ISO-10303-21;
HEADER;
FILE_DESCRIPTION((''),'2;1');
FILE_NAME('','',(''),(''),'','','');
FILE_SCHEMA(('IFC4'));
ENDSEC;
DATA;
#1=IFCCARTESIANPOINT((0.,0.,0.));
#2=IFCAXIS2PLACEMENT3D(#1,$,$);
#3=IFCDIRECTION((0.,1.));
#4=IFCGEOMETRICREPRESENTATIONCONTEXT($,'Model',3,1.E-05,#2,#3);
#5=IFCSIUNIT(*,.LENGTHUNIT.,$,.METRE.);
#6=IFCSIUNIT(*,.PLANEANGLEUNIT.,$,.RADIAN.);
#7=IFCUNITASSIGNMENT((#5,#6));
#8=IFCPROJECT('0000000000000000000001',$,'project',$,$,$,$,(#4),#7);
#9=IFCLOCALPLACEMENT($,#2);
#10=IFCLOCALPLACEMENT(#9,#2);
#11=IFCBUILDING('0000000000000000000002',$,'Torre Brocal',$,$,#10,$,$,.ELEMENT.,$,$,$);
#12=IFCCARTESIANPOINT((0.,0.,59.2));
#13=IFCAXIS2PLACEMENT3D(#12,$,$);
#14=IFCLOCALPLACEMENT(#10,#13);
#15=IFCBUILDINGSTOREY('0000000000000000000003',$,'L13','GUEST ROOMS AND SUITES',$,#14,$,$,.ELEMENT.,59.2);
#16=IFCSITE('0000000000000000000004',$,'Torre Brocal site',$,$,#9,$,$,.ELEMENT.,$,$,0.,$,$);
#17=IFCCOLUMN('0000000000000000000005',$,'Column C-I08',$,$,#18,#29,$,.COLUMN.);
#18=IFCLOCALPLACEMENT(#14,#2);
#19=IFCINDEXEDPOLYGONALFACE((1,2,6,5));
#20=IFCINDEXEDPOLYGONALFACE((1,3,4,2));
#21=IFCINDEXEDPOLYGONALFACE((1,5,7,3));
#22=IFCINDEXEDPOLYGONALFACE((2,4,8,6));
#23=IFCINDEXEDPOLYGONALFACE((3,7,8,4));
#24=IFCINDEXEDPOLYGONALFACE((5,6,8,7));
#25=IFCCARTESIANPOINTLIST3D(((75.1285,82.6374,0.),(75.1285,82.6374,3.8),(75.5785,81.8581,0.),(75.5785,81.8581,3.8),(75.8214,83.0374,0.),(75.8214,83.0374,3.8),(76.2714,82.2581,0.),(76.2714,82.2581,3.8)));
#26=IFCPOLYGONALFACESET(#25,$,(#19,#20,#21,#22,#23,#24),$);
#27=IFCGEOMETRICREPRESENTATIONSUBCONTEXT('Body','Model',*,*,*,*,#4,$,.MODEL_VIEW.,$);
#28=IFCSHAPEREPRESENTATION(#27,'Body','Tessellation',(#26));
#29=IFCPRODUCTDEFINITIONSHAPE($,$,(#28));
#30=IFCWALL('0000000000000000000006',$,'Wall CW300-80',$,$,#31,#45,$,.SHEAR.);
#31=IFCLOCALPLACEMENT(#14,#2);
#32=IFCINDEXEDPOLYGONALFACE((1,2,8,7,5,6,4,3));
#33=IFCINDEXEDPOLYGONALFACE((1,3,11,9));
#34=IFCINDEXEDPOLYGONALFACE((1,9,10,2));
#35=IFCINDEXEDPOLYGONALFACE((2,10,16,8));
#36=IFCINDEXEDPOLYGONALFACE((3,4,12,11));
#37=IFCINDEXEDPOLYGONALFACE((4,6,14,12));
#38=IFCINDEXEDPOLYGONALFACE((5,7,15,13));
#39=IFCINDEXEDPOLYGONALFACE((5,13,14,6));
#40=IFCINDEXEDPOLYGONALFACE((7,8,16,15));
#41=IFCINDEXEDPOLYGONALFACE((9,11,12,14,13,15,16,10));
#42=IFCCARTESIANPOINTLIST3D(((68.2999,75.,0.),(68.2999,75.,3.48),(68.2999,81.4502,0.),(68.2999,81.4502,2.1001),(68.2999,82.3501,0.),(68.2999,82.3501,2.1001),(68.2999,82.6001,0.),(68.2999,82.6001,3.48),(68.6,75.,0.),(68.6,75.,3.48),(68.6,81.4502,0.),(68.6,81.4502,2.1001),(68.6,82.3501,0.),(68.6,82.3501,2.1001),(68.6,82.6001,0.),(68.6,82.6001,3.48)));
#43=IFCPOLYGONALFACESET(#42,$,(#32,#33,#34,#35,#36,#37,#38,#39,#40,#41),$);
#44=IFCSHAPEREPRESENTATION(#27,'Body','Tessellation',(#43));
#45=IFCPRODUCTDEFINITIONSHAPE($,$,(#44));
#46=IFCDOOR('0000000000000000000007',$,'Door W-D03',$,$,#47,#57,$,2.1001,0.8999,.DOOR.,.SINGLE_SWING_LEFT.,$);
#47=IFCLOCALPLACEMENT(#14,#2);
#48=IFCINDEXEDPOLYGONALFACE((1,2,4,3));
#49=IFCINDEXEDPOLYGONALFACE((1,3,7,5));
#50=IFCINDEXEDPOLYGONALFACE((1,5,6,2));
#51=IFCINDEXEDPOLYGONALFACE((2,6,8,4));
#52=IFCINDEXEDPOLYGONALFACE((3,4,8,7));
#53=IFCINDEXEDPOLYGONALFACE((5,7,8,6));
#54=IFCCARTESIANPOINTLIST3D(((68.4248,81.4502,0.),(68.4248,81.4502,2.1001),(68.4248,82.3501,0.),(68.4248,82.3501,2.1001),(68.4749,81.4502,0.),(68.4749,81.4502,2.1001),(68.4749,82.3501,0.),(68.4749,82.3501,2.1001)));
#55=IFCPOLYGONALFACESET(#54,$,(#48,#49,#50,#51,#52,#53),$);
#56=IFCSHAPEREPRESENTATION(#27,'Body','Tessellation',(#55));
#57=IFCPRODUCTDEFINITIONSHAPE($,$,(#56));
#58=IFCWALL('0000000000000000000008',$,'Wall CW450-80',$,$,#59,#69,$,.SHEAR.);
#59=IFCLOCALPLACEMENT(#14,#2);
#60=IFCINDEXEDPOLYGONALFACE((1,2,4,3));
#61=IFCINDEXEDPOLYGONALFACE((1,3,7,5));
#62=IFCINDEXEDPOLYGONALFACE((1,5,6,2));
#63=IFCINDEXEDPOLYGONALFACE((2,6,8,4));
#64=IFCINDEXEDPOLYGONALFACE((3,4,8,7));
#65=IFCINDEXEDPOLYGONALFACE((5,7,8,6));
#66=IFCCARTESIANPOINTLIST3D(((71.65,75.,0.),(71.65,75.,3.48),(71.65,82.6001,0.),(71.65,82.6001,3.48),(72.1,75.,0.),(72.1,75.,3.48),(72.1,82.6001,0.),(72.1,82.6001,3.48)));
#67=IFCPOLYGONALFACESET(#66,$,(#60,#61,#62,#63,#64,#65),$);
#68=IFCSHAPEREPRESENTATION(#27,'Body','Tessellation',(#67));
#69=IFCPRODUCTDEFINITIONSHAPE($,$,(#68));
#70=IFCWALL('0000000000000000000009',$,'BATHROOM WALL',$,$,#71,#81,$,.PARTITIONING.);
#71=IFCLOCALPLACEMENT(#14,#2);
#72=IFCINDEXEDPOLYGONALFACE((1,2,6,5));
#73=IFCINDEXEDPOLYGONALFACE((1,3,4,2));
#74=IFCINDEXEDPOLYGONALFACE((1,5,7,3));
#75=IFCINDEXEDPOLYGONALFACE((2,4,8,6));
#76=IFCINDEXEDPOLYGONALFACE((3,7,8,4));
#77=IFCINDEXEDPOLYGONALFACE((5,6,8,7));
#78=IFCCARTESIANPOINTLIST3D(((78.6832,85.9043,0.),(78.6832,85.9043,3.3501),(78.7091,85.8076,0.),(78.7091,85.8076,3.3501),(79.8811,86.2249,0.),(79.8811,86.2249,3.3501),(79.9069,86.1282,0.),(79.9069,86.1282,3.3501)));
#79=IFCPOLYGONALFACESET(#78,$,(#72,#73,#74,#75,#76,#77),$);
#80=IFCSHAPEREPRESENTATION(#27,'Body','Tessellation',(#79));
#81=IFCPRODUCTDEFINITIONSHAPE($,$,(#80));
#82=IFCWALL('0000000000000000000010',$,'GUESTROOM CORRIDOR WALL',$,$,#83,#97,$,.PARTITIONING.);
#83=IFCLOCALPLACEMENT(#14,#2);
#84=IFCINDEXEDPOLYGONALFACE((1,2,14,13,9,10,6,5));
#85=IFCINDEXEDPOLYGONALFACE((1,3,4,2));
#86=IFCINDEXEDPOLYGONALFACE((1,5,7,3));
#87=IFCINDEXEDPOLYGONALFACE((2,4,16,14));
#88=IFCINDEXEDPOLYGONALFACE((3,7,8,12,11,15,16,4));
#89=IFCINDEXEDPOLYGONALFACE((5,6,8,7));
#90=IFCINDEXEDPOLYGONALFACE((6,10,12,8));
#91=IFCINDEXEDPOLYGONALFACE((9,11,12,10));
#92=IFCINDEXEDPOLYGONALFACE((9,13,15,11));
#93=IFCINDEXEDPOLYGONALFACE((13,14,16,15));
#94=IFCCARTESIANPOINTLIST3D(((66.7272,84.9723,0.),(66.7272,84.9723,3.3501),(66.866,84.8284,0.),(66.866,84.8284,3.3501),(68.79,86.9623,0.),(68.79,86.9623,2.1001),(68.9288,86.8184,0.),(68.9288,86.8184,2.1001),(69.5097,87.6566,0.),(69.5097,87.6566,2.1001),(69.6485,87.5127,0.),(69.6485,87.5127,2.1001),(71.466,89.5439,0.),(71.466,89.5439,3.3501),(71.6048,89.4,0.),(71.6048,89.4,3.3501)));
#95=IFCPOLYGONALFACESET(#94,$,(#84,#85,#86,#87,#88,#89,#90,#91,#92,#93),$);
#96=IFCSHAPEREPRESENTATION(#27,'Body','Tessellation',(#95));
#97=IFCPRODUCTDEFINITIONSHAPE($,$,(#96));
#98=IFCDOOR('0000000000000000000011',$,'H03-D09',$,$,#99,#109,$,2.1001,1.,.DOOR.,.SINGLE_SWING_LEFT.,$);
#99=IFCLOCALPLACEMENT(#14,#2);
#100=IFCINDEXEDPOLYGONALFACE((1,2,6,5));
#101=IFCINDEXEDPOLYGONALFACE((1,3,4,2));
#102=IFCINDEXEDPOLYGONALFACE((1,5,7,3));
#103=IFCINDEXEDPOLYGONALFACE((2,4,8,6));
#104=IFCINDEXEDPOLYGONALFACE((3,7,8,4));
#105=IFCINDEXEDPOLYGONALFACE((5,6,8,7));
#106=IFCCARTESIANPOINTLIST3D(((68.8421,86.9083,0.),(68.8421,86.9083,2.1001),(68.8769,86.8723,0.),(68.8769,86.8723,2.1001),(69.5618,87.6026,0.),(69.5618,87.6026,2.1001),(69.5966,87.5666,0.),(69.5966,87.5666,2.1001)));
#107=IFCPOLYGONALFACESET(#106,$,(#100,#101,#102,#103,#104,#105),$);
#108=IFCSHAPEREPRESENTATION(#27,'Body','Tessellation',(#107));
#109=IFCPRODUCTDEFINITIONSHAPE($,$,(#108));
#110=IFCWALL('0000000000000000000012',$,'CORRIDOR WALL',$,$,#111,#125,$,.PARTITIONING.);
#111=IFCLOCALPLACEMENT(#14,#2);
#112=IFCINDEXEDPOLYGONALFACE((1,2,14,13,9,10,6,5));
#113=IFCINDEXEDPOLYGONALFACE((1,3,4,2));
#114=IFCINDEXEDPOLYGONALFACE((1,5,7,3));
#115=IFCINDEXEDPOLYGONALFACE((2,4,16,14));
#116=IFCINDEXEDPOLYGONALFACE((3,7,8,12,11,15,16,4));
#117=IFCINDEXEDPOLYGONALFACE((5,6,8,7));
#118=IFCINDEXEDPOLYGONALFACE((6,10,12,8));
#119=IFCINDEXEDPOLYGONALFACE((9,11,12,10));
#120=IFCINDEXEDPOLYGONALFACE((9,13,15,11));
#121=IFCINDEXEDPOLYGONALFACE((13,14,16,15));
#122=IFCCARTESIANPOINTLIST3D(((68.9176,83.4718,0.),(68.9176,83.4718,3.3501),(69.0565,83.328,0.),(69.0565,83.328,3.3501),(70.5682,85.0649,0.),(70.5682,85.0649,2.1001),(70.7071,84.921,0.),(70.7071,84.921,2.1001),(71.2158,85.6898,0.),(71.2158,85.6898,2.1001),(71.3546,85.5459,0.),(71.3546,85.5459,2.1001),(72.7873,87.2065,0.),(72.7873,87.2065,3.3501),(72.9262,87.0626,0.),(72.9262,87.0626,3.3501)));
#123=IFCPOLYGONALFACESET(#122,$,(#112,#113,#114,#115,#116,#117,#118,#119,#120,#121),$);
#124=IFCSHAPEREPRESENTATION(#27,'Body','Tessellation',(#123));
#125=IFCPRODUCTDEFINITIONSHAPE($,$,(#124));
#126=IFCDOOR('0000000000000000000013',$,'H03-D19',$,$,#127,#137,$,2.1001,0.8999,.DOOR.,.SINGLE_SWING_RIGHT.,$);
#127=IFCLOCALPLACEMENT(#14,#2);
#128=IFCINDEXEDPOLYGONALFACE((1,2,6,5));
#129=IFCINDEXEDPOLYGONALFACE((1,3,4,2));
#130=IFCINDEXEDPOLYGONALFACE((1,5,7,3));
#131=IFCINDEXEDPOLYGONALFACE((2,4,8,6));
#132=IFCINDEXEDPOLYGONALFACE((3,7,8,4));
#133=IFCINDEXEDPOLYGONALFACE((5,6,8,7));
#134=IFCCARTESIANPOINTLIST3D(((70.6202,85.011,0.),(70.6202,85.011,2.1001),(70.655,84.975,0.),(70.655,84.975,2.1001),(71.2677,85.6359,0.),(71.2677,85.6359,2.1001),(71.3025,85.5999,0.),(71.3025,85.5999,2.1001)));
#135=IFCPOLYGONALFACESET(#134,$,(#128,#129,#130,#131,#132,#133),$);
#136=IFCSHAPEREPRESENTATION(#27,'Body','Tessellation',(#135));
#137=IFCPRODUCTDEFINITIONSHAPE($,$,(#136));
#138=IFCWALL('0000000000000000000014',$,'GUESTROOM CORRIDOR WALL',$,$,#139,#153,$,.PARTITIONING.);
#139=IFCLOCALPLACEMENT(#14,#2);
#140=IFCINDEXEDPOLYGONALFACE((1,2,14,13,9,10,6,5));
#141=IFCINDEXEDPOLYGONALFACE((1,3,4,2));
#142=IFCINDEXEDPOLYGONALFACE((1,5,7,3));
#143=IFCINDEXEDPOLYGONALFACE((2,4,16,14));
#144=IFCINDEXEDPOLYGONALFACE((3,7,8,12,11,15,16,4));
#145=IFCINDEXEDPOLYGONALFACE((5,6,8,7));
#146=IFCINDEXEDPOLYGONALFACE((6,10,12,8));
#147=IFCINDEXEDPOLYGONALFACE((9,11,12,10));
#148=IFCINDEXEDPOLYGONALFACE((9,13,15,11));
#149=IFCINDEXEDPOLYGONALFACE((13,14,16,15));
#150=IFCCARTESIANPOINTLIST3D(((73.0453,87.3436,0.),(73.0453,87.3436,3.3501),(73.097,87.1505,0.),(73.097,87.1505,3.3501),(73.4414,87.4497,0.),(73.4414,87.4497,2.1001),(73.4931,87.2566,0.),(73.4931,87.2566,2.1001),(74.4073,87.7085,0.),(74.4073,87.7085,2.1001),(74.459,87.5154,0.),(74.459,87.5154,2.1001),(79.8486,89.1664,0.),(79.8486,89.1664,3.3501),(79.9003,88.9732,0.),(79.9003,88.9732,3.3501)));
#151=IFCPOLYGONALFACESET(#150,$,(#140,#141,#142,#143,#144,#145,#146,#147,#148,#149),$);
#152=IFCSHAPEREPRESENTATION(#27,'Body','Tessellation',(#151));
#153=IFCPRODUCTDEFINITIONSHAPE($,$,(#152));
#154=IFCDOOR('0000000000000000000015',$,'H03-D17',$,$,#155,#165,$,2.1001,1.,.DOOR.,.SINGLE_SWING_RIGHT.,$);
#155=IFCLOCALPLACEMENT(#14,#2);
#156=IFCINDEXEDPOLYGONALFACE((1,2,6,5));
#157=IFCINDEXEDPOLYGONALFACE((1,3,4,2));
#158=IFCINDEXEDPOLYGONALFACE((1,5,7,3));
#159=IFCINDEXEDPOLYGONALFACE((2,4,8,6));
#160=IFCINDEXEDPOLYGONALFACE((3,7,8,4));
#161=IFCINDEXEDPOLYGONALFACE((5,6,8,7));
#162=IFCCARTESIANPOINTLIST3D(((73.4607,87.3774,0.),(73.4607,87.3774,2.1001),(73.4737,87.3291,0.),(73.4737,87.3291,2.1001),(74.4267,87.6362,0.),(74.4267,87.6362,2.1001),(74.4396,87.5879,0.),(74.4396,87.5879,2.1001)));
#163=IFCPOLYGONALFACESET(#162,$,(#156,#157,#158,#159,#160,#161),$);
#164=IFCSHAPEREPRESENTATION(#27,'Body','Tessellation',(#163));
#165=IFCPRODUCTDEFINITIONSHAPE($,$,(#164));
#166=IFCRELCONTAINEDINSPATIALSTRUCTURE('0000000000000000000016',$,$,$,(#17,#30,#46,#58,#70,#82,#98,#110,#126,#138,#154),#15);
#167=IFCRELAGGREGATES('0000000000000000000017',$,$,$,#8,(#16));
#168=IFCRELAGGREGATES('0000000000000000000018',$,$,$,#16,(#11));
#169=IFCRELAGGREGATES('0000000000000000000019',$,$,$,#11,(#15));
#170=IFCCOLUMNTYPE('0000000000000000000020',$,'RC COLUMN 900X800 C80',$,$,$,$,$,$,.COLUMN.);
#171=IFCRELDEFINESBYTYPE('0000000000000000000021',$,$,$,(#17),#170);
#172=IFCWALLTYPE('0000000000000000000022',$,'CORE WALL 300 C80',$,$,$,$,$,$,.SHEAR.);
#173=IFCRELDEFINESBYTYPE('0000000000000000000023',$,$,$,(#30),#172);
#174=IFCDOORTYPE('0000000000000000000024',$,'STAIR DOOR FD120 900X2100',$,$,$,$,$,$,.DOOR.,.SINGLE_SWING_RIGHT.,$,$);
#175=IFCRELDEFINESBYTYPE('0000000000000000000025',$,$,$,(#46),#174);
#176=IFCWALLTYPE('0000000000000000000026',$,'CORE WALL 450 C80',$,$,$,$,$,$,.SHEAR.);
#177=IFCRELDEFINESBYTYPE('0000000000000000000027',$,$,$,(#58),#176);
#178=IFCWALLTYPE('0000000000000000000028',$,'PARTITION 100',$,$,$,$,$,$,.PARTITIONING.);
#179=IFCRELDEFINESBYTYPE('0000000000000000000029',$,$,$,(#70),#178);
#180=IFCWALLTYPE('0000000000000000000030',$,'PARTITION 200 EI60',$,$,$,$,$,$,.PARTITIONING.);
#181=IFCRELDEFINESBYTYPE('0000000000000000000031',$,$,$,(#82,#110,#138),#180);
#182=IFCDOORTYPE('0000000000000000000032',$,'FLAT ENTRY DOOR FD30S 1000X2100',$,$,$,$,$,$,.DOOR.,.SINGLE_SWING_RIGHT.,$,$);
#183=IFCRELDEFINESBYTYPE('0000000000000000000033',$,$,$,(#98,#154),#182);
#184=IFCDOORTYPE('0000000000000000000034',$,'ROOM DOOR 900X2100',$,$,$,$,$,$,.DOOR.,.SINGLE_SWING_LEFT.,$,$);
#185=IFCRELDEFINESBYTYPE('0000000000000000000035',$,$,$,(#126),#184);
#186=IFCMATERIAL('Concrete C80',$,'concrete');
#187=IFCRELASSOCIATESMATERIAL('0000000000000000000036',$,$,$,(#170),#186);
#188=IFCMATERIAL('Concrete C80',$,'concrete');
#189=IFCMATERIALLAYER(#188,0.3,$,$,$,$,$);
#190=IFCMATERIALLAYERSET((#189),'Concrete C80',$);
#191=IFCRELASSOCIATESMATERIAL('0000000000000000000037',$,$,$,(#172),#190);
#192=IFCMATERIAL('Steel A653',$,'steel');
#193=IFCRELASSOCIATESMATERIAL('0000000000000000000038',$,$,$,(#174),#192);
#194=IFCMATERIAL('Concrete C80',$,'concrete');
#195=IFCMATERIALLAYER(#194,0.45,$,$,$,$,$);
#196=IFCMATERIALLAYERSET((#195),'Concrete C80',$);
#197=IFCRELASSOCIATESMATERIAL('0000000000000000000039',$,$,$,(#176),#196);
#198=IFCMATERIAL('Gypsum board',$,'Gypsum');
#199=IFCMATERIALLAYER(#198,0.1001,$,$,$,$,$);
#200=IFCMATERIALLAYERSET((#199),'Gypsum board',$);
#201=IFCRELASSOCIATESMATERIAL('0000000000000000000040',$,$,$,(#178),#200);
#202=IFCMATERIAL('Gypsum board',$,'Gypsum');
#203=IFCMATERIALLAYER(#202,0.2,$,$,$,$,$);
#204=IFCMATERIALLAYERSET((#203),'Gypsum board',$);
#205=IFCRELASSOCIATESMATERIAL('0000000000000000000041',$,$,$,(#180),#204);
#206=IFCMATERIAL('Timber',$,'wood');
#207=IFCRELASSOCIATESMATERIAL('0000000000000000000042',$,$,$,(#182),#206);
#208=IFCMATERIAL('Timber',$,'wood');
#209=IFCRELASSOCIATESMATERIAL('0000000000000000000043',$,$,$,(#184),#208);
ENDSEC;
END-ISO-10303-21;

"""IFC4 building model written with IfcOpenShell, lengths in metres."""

from ifc_helpers import new_model, si_unit, direction, frame, frame_2d, origin, origin_2d, place, context, subcontext, project, spatial, rectangle, extrude, material, layer, layer_set, material_profile, profile_set, type_object, element, fill, save


model = new_model("IFC4")

# Units and contexts
model_context = context("Model", 3, precision=1e-05, world=origin(), true_north=direction((0.0, 1.0)))
body_context = subcontext(model_context, "Body", "Model", "MODEL_VIEW")
ifc_project = project(units=[si_unit("LENGTHUNIT", "METRE"), si_unit("PLANEANGLEUNIT", "RADIAN")], contexts=[model_context])

# Site, building, storey
site_placement = place(None, origin())
site = spatial("IfcSite", under=ifc_project, at=site_placement, Name="Torre Brocal site", CompositionType="ELEMENT", RefElevation=0.0)
building_placement = place(site_placement, origin())
building = spatial("IfcBuilding", under=site, at=building_placement, Name="Torre Brocal", CompositionType="ELEMENT")
storey_placement = place(building_placement, frame((0.0, 0.0, 59.2)))
storey = spatial("IfcBuildingStorey", under=building, at=storey_placement, Name="L13", Description="GUEST ROOMS AND SUITES", CompositionType="ELEMENT", Elevation=59.2)

# Column
ifc_material_1 = material(Name="Concrete C80", Category="concrete")
ifc_material_profile = material_profile(ifc_material_1, rectangle(XDim=0.8999, YDim=0.8, at=origin_2d()), Name="RC 900X800")
ifc_profile_set = profile_set([ifc_material_profile], Name="Concrete C80")
column_type = type_object("IfcColumnType", Name="RC COLUMN 900X800 C80", PredefinedType="COLUMN", material=ifc_profile_set)
column_placement = place(storey_placement, frame((75.7, 82.4478, 0.0), z_axis=(0.0, 0.0, 1.0), x_axis=(-0.5, 0.866025, 0.0)))
element("IfcColumn", 1, at=column_placement, inside=storey, type_object=column_type, Name="Column C-I08", PredefinedType="COLUMN", context=body_context, shape_type="SweptSolid", body=[
    extrude(rectangle(XDim=0.8999, YDim=0.8, at=origin_2d()), origin(), (0.0, 0.0, 1.0), 3.8),
])

# Wall, opening, door
ifc_material_2 = material(Name="Concrete C80", Category="concrete")
ifc_layer_1 = layer(ifc_material_2, 0.3)
ifc_layer_set_1 = layer_set([ifc_layer_1], Name="Concrete C80")
wall_type_1 = type_object("IfcWallType", Name="CORE WALL 300 C80", PredefinedType="SHEAR", material=ifc_layer_set_1)
wall_1_placement = place(storey_placement, frame((68.45, 82.6001, 0.0), z_axis=(0.0, 0.0, 1.0), x_axis=(0.0, -1.0, 0.0)))
wall_1 = element("IfcWall", 2, at=wall_1_placement, inside=storey, type_object=wall_type_1, Name="Wall CW300-80", PredefinedType="SHEAR", context=body_context, shape_type="SweptSolid", body=[
    extrude(rectangle(XDim=7.6001, YDim=0.3, at=frame_2d((3.8, 0.0))), origin(), (0.0, 0.0, 1.0), 3.48),
])
opening_1_placement = place(wall_1_placement, frame((0.25, 0.0, 0.0)))
opening_1 = element("IfcOpeningElement", 3, at=opening_1_placement, cuts=wall_1, PredefinedType="OPENING", context=body_context, shape_type="SweptSolid", body=[
    extrude(rectangle(XDim=0.8999, YDim=2.1001, at=frame_2d((0.45, 1.05))), frame((0.0, 0.1599, 0.0), z_axis=(0.0, -1.0, 0.0), x_axis=(1.0, 0.0, 0.0)), (0.0, 0.0, 1.0), 0.3201),
])
ifc_material_3 = material(Name="Steel A653", Category="steel")
door_type_1 = type_object("IfcDoorType", Name="STAIR DOOR FD120 900X2100", OperationType="SINGLE_SWING_RIGHT", PredefinedType="DOOR", material=ifc_material_3)
door_1_placement = place(opening_1_placement, origin())
door_1 = element("IfcDoor", 4, at=door_1_placement, inside=storey, type_object=door_type_1, Name="Door W-D03", OperationType="SINGLE_SWING_LEFT", OverallHeight=2.1001, OverallWidth=0.8999, PredefinedType="DOOR", context=body_context, shape_type="SweptSolid", body=[
    extrude(rectangle(XDim=0.8999, YDim=2.1001, at=frame_2d((0.45, 1.05))), frame((0.0, 0.0249, 0.0), z_axis=(0.0, -1.0, 0.0), x_axis=(1.0, 0.0, 0.0)), (0.0, 0.0, 1.0), 0.05),
])
fill(opening_1, door_1)

# Wall
ifc_material_4 = material(Name="Concrete C80", Category="concrete")
ifc_layer_2 = layer(ifc_material_4, 0.45)
ifc_layer_set_2 = layer_set([ifc_layer_2], Name="Concrete C80")
wall_type_2 = type_object("IfcWallType", Name="CORE WALL 450 C80", PredefinedType="SHEAR", material=ifc_layer_set_2)
wall_2_placement = place(storey_placement, frame((71.875, 82.6001, 0.0), z_axis=(0.0, 0.0, 1.0), x_axis=(0.0, -1.0, 0.0)))
element("IfcWall", 5, at=wall_2_placement, inside=storey, type_object=wall_type_2, Name="Wall CW450-80", PredefinedType="SHEAR", context=body_context, shape_type="SweptSolid", body=[
    extrude(rectangle(XDim=7.6001, YDim=0.45, at=frame_2d((3.8, 0.0))), origin(), (0.0, 0.0, 1.0), 3.48),
])

# Wall
ifc_material_5 = material(Name="Gypsum board", Category="Gypsum")
ifc_layer_3 = layer(ifc_material_5, 0.1001)
ifc_layer_set_3 = layer_set([ifc_layer_3], Name="Gypsum board")
wall_type_3 = type_object("IfcWallType", Name="PARTITION 100", PredefinedType="PARTITIONING", material=ifc_layer_set_3)
wall_3_placement = place(storey_placement, frame((78.696, 85.856, 0.0), z_axis=(0.0, 0.0, 1.0), x_axis=(0.966003, 0.258533, 0.0)))
element("IfcWall", 6, at=wall_3_placement, inside=storey, type_object=wall_type_3, Name="BATHROOM WALL", PredefinedType="PARTITIONING", context=body_context, shape_type="SweptSolid", body=[
    extrude(rectangle(XDim=1.24, YDim=0.1001, at=frame_2d((0.6201, 0.0))), origin(), (0.0, 0.0, 1.0), 3.3501),
])

# Walls, openings, doors
ifc_material_6 = material(Name="Gypsum board", Category="Gypsum")
ifc_layer_4 = layer(ifc_material_6, 0.2)
ifc_layer_set_4 = layer_set([ifc_layer_4], Name="Gypsum board")
wall_type_4 = type_object("IfcWallType", Name="PARTITION 200 EI60", PredefinedType="PARTITIONING", material=ifc_layer_set_4)
wall_4_placement = place(storey_placement, frame((66.7966, 84.9004, 0.0), z_axis=(0.0, 0.0, 1.0), x_axis=(0.719692, 0.694293, 0.0)))
wall_4 = element("IfcWall", 7, at=wall_4_placement, inside=storey, type_object=wall_type_4, Name="GUESTROOM CORRIDOR WALL", PredefinedType="PARTITIONING", context=body_context, shape_type="SweptSolid", body=[
    extrude(rectangle(XDim=6.5845, YDim=0.2, at=frame_2d((3.2922, 0.0))), origin(), (0.0, 0.0, 1.0), 3.3501),
])
opening_2_placement = place(wall_4_placement, frame((2.8662, 0.0, 0.0)))
opening_2 = element("IfcOpeningElement", 8, at=opening_2_placement, cuts=wall_4, PredefinedType="OPENING", context=body_context, shape_type="SweptSolid", body=[
    extrude(rectangle(XDim=1.0, YDim=2.1001, at=frame_2d((0.5, 1.05))), frame((0.0, 0.1099, 0.0), z_axis=(0.0, -1.0, 0.0), x_axis=(1.0, 0.0, 0.0)), (0.0, 0.0, 1.0), 0.22),
])
ifc_material_7 = material(Name="Timber", Category="wood")
door_type_2 = type_object("IfcDoorType", Name="FLAT ENTRY DOOR FD30S 1000X2100", OperationType="SINGLE_SWING_RIGHT", PredefinedType="DOOR", material=ifc_material_7)
door_2_placement = place(opening_2_placement, origin())
door_2 = element("IfcDoor", 9, at=door_2_placement, inside=storey, type_object=door_type_2, Name="H03-D09", OperationType="SINGLE_SWING_LEFT", OverallHeight=2.1001, OverallWidth=1.0, PredefinedType="DOOR", context=body_context, shape_type="SweptSolid", body=[
    extrude(rectangle(XDim=1.0, YDim=2.1001, at=frame_2d((0.5, 1.05))), frame((0.0, 0.0249, 0.0), z_axis=(0.0, -1.0, 0.0), x_axis=(1.0, 0.0, 0.0)), (0.0, 0.0, 1.0), 0.05),
])
fill(opening_2, door_2)
wall_5_placement = place(storey_placement, frame((68.9871, 83.3999, 0.0), z_axis=(0.0, 0.0, 1.0), x_axis=(0.719548, 0.694443, 0.0)))
wall_5 = element("IfcWall", 10, at=wall_5_placement, inside=storey, type_object=wall_type_4, Name="CORRIDOR WALL", PredefinedType="PARTITIONING", context=body_context, shape_type="SweptSolid", body=[
    extrude(rectangle(XDim=5.3779, YDim=0.2, at=frame_2d((2.689, 0.0))), origin(), (0.0, 0.0, 1.0), 3.3501),
])
opening_3_placement = place(wall_5_placement, frame((2.2939, 0.0, 0.0)))
opening_3 = element("IfcOpeningElement", 11, at=opening_3_placement, cuts=wall_5, PredefinedType="OPENING", context=body_context, shape_type="SweptSolid", body=[
    extrude(rectangle(XDim=0.8999, YDim=2.1001, at=frame_2d((0.45, 1.05))), frame((0.0, 0.1099, 0.0), z_axis=(0.0, -1.0, 0.0), x_axis=(1.0, 0.0, 0.0)), (0.0, 0.0, 1.0), 0.22),
])
ifc_material_8 = material(Name="Timber", Category="wood")
door_type_3 = type_object("IfcDoorType", Name="ROOM DOOR 900X2100", OperationType="SINGLE_SWING_LEFT", PredefinedType="DOOR", material=ifc_material_8)
door_3_placement = place(opening_3_placement, frame((0.8999, 0.0, 0.0), z_axis=(0.0, 0.0, 1.0), x_axis=(-1.0, 0.0, 0.0)))
door_3 = element("IfcDoor", 12, at=door_3_placement, inside=storey, type_object=door_type_3, Name="H03-D19", OperationType="SINGLE_SWING_RIGHT", OverallHeight=2.1001, OverallWidth=0.8999, PredefinedType="DOOR", context=body_context, shape_type="SweptSolid", body=[
    extrude(rectangle(XDim=0.8999, YDim=2.1001, at=frame_2d((0.45, 1.05))), frame((0.0, 0.0249, 0.0), z_axis=(0.0, -1.0, 0.0), x_axis=(1.0, 0.0, 0.0)), (0.0, 0.0, 1.0), 0.05),
])
fill(opening_3, door_3)
wall_6_placement = place(storey_placement, frame((73.0713, 87.2471, 0.0), z_axis=(0.0, 0.0, 1.0), x_axis=(0.965932, 0.258797, 0.0)))
wall_6 = element("IfcWall", 13, at=wall_6_placement, inside=storey, type_object=wall_type_4, Name="GUESTROOM CORRIDOR WALL", PredefinedType="PARTITIONING", context=body_context, shape_type="SweptSolid", body=[
    extrude(rectangle(XDim=7.0432, YDim=0.2, at=frame_2d((3.5215, 0.0))), origin(), (0.0, 0.0, 1.0), 3.3501),
])
opening_4_placement = place(wall_6_placement, frame((0.4099, 0.0, 0.0)))
opening_4 = element("IfcOpeningElement", 14, at=opening_4_placement, cuts=wall_6, PredefinedType="OPENING", context=body_context, shape_type="SweptSolid", body=[
    extrude(rectangle(XDim=1.0, YDim=2.1001, at=frame_2d((0.5, 1.05))), frame((0.0, 0.1099, 0.0), z_axis=(0.0, -1.0, 0.0), x_axis=(1.0, 0.0, 0.0)), (0.0, 0.0, 1.0), 0.22),
])
door_4_placement = place(opening_4_placement, frame((1.0, 0.0, 0.0), z_axis=(0.0, 0.0, 1.0), x_axis=(-1.0, 0.0, 0.0)))
door_4 = element("IfcDoor", 15, at=door_4_placement, inside=storey, type_object=door_type_2, Name="H03-D17", OperationType="SINGLE_SWING_RIGHT", OverallHeight=2.1001, OverallWidth=1.0, PredefinedType="DOOR", context=body_context, shape_type="SweptSolid", body=[
    extrude(rectangle(XDim=1.0, YDim=2.1001, at=frame_2d((0.5, 1.05))), frame((0.0, 0.0249, 0.0), z_axis=(0.0, -1.0, 0.0), x_axis=(1.0, 0.0, 0.0)), (0.0, 0.0, 1.0), 0.05),
])
fill(opening_4, door_4)

save(model, "model.ifc")
